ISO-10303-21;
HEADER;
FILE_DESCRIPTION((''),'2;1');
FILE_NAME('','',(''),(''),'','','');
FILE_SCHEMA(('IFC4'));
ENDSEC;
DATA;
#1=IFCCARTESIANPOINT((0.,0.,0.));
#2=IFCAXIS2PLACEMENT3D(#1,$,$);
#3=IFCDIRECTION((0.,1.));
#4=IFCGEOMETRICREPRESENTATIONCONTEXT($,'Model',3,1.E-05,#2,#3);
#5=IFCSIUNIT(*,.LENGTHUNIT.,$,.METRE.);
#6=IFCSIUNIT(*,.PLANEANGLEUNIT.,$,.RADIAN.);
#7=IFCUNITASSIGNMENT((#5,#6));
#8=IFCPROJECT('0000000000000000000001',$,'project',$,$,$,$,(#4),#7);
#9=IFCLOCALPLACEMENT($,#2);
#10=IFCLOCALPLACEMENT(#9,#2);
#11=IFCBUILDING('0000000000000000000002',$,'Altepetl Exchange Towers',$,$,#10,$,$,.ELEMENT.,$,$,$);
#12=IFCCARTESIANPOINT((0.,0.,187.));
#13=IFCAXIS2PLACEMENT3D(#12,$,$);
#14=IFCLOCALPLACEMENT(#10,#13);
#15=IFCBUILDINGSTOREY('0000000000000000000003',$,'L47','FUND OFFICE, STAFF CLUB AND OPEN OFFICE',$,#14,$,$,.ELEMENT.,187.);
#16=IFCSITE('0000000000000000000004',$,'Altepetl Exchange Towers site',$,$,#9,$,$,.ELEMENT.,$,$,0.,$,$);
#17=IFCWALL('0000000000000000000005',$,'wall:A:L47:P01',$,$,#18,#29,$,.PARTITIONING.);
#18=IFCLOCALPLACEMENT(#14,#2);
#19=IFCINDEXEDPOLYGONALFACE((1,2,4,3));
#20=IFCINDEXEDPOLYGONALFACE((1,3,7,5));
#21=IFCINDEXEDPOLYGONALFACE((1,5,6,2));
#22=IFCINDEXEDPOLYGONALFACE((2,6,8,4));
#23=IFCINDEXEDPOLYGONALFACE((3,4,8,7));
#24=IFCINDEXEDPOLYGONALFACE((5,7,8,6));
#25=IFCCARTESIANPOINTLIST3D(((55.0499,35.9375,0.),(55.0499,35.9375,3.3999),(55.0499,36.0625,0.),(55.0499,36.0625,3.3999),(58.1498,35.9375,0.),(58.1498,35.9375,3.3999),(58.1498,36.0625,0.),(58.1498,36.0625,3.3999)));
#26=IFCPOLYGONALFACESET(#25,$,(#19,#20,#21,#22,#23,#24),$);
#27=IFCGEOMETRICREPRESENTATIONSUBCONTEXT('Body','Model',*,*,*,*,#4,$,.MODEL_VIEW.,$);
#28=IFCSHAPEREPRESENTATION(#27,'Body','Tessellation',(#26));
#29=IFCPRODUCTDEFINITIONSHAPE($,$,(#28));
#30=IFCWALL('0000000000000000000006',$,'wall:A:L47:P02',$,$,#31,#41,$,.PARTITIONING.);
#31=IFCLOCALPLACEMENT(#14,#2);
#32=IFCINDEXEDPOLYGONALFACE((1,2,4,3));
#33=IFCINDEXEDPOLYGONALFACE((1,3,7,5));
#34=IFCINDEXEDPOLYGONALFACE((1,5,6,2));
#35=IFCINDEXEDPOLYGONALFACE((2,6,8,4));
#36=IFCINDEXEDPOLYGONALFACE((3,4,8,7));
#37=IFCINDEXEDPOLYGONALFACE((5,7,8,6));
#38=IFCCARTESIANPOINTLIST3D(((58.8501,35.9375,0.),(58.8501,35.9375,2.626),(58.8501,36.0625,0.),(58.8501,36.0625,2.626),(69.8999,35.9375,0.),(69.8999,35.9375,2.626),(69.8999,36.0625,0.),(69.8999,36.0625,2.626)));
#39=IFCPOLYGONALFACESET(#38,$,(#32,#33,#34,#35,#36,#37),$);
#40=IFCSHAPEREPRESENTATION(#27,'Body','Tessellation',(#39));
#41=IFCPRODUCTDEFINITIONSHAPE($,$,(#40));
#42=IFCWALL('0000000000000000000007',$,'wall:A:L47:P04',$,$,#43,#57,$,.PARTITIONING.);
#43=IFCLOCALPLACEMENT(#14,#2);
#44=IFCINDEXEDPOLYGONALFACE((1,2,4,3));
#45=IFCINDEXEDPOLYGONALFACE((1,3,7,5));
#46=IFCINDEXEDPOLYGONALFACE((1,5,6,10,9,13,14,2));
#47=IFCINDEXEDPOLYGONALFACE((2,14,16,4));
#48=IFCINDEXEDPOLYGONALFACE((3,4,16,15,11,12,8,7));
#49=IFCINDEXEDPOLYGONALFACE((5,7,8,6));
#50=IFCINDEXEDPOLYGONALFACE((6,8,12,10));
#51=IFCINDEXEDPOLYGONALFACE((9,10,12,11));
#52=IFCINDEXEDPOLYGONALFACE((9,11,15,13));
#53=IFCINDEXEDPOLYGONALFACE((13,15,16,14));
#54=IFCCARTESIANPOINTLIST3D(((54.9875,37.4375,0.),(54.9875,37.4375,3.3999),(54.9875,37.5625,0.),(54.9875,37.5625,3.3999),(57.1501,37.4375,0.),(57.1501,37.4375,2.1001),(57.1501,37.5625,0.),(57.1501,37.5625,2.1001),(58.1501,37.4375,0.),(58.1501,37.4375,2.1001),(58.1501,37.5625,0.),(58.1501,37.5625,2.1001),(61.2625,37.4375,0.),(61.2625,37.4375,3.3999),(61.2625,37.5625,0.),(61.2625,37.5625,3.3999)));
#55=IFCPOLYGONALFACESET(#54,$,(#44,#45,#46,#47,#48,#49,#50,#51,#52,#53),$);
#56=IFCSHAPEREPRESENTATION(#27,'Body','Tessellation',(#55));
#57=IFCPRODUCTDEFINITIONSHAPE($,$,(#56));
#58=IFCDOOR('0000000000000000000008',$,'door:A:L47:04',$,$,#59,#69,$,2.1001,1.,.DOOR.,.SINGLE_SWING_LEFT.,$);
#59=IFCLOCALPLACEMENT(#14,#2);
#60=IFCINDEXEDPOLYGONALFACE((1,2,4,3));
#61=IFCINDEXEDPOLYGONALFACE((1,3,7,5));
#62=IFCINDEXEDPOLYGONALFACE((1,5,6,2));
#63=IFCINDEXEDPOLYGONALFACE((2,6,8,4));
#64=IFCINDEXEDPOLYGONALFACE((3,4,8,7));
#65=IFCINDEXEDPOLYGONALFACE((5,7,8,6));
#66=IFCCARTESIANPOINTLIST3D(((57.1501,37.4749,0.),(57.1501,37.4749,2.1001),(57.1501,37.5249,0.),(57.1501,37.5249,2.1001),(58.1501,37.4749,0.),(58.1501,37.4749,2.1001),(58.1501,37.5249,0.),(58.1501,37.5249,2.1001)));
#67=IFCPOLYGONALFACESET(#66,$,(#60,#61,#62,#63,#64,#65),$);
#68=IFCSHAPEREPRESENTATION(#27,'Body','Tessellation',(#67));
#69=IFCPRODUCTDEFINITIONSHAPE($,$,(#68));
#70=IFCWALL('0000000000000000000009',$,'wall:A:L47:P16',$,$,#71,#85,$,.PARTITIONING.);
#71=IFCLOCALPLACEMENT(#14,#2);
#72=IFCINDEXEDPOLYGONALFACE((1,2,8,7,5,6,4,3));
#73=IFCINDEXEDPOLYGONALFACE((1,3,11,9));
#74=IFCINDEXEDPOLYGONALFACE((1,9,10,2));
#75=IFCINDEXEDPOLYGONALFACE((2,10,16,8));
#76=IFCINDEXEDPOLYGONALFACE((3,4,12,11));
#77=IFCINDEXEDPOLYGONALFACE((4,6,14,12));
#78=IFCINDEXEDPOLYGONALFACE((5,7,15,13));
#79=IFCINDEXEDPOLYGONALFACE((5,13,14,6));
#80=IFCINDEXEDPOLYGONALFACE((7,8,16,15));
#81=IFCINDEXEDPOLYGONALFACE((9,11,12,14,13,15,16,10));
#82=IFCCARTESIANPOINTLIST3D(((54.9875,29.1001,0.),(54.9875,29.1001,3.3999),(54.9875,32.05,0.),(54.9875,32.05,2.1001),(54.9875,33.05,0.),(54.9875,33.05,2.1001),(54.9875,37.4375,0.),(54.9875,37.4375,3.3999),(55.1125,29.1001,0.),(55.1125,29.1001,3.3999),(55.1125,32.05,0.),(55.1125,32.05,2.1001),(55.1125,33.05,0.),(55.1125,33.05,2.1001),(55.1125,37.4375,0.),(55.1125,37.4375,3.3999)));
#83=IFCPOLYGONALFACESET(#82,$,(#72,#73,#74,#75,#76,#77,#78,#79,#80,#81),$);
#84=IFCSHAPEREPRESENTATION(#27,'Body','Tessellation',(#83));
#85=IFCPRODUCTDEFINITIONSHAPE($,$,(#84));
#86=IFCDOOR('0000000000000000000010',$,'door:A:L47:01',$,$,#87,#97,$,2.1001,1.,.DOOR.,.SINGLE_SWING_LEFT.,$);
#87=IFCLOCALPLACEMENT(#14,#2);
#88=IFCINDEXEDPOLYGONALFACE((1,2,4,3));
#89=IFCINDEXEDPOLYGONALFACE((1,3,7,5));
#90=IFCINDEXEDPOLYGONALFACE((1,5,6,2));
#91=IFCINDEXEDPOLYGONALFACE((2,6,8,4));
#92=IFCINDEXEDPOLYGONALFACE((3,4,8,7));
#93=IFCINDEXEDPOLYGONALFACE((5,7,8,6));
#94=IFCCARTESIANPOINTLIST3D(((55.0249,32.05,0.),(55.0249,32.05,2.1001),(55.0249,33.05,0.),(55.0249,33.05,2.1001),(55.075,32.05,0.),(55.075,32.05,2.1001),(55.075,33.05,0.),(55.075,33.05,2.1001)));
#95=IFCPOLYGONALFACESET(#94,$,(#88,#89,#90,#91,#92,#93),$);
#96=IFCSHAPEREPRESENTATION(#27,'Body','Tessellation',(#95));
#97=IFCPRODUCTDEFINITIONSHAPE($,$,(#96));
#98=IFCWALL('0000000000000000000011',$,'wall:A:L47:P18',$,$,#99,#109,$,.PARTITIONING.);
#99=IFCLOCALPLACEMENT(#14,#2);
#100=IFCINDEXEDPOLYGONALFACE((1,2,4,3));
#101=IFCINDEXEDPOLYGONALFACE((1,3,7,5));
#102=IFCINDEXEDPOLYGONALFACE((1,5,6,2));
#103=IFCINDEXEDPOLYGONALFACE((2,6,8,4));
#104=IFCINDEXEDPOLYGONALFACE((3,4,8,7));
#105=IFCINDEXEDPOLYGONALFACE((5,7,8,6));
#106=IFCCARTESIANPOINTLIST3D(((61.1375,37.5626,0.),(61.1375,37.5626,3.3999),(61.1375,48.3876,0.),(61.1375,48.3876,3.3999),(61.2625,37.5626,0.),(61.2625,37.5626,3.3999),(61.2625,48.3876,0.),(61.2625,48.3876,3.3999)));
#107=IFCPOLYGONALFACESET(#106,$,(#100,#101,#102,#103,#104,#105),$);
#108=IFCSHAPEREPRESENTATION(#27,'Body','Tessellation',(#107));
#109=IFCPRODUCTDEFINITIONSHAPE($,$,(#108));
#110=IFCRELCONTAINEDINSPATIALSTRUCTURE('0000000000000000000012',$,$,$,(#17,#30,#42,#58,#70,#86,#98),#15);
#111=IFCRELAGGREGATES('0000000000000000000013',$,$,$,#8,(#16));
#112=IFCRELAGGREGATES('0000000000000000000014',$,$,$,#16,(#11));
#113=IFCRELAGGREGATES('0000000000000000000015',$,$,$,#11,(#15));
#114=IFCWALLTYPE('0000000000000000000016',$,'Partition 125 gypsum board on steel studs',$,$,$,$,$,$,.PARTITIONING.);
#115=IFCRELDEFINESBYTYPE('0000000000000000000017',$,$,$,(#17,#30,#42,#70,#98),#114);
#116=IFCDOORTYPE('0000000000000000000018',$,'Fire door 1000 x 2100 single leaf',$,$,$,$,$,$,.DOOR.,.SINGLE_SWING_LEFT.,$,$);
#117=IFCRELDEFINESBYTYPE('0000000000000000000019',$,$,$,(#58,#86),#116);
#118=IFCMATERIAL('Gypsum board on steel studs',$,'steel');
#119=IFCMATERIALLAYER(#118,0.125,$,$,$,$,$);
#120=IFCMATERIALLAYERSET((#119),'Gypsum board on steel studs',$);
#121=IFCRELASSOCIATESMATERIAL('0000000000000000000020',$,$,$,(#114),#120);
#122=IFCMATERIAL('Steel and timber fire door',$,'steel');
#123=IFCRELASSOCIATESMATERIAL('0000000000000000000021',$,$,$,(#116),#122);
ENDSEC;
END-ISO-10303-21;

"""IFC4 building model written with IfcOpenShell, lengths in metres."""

from ifc_helpers import new_model, si_unit, direction, frame, frame_2d, origin, place, context, subcontext, project, spatial, rectangle, extrude, material, layer, layer_set, type_object, element, fill, save


model = new_model("IFC4")

# Units and contexts
model_context = context("Model", 3, precision=1e-05, world=origin(), true_north=direction((0.0, 1.0)))
body_context = subcontext(model_context, "Body", "Model", "MODEL_VIEW")
ifc_project = project(units=[si_unit("LENGTHUNIT", "METRE"), si_unit("PLANEANGLEUNIT", "RADIAN")], contexts=[model_context])

# Site, building, storey
site_placement = place(None, origin())
site = spatial("IfcSite", under=ifc_project, at=site_placement, Name="Altepetl Exchange Towers site", CompositionType="ELEMENT", RefElevation=0.0)
building_placement = place(site_placement, origin())
building = spatial("IfcBuilding", under=site, at=building_placement, Name="Altepetl Exchange Towers", CompositionType="ELEMENT")
storey_placement = place(building_placement, frame((0.0, 0.0, 187.0)))
storey = spatial("IfcBuildingStorey", under=building, at=storey_placement, Name="L47", Description="FUND OFFICE, STAFF CLUB AND OPEN OFFICE", CompositionType="ELEMENT", Elevation=187.0)

# Walls
ifc_material_1 = material(Name="Gypsum board on steel studs", Category="steel")
ifc_layer_1 = layer(ifc_material_1, 0.125)
ifc_layer_set_1 = layer_set([ifc_layer_1], Name="Gypsum board on steel studs")
wall_type = type_object("IfcWallType", Name="Partition 125 gypsum board on steel studs", PredefinedType="PARTITIONING", material=ifc_layer_set_1)
wall_1_placement = place(storey_placement, frame((55.05, 36.0, 0.0)))
element("IfcWall", 1, at=wall_1_placement, inside=storey, type_object=wall_type, Name="wall:A:L47:P01", PredefinedType="PARTITIONING", context=body_context, shape_type="SweptSolid", body=[
    extrude(rectangle(XDim=3.0999, YDim=0.125, at=frame_2d((1.5498, 0.0))), origin(), (0.0, 0.0, 1.0), 3.3999),
])
wall_2_placement = place(storey_placement, frame((58.8501, 36.0, 0.0)))
element("IfcWall", 2, at=wall_2_placement, inside=storey, type_object=wall_type, Name="wall:A:L47:P02", PredefinedType="PARTITIONING", context=body_context, shape_type="SweptSolid", body=[
    extrude(rectangle(XDim=11.0498, YDim=0.125, at=frame_2d((5.5249, 0.0))), origin(), (0.0, 0.0, 1.0), 2.626),
])

# Walls, openings, doors
wall_3_placement = place(storey_placement, frame((54.9875, 37.5, 0.0)))
wall_3 = element("IfcWall", 3, at=wall_3_placement, inside=storey, type_object=wall_type, Name="wall:A:L47:P04", PredefinedType="PARTITIONING", context=body_context, shape_type="SweptSolid", body=[
    extrude(rectangle(XDim=6.2749, YDim=0.125, at=frame_2d((3.1375, 0.0))), origin(), (0.0, 0.0, 1.0), 3.3999),
])
opening_1_placement = place(wall_3_placement, frame((2.1626, 0.0, 0.0)))
opening_1 = element("IfcOpeningElement", 4, at=opening_1_placement, cuts=wall_3, PredefinedType="OPENING", context=body_context, shape_type="SweptSolid", body=[
    extrude(rectangle(XDim=1.0, YDim=2.1001, at=frame_2d((0.5, 1.05))), frame((0.0, 0.0725, 0.0), z_axis=(0.0, -1.0, 0.0), x_axis=(1.0, 0.0, 0.0)), (0.0, 0.0, 1.0), 0.145),
])
ifc_material_2 = material(Name="Steel and timber fire door", Category="steel")
door_type = type_object("IfcDoorType", Name="Fire door 1000 x 2100 single leaf", OperationType="SINGLE_SWING_LEFT", PredefinedType="DOOR", material=ifc_material_2)
door_1_placement = place(opening_1_placement, origin())
door_1 = element("IfcDoor", 5, at=door_1_placement, inside=storey, type_object=door_type, Name="door:A:L47:04", OperationType="SINGLE_SWING_LEFT", OverallHeight=2.1001, OverallWidth=1.0, PredefinedType="DOOR", context=body_context, shape_type="SweptSolid", body=[
    extrude(rectangle(XDim=1.0, YDim=2.1001, at=frame_2d((0.5, 1.05))), frame((0.0, 0.0249, 0.0), z_axis=(0.0, -1.0, 0.0), x_axis=(1.0, 0.0, 0.0)), (0.0, 0.0, 1.0), 0.05),
])
fill(opening_1, door_1)
wall_4_placement = place(storey_placement, frame((55.05, 29.1001, 0.0), z_axis=(0.0, 0.0, 1.0), x_axis=(0.0, 1.0, 0.0)))
wall_4 = element("IfcWall", 6, at=wall_4_placement, inside=storey, type_object=wall_type, Name="wall:A:L47:P16", PredefinedType="PARTITIONING", context=body_context, shape_type="SweptSolid", body=[
    extrude(rectangle(XDim=8.3374, YDim=0.125, at=frame_2d((4.1687, 0.0))), origin(), (0.0, 0.0, 1.0), 3.3999),
])
opening_2_placement = place(wall_4_placement, frame((2.95, 0.0, 0.0)))
opening_2 = element("IfcOpeningElement", 7, at=opening_2_placement, cuts=wall_4, PredefinedType="OPENING", context=body_context, shape_type="SweptSolid", body=[
    extrude(rectangle(XDim=1.0, YDim=2.1001, at=frame_2d((0.5, 1.05))), frame((0.0, 0.0725, 0.0), z_axis=(0.0, -1.0, 0.0), x_axis=(1.0, 0.0, 0.0)), (0.0, 0.0, 1.0), 0.145),
])
door_2_placement = place(opening_2_placement, frame((1.0, 0.0, 0.0), x_axis=(-1.0, 0.0, 0.0)))
door_2 = element("IfcDoor", 8, at=door_2_placement, inside=storey, type_object=door_type, Name="door:A:L47:01", OperationType="SINGLE_SWING_LEFT", OverallHeight=2.1001, OverallWidth=1.0, PredefinedType="DOOR", context=body_context, shape_type="SweptSolid", body=[
    extrude(rectangle(XDim=1.0, YDim=2.1001, at=frame_2d((0.5, 1.05))), frame((0.0, 0.0249, 0.0), z_axis=(0.0, -1.0, 0.0), x_axis=(1.0, 0.0, 0.0)), (0.0, 0.0, 1.0), 0.05),
])
fill(opening_2, door_2)

# Wall
wall_5_placement = place(storey_placement, frame((61.2, 37.5625, 0.0), z_axis=(0.0, 0.0, 1.0), x_axis=(0.0, 1.0, 0.0)))
element("IfcWall", 9, at=wall_5_placement, inside=storey, type_object=wall_type, Name="wall:A:L47:P18", PredefinedType="PARTITIONING", context=body_context, shape_type="SweptSolid", body=[
    extrude(rectangle(XDim=10.825, YDim=0.125, at=frame_2d((5.4126, 0.0))), origin(), (0.0, 0.0, 1.0), 3.3999),
])

save(model, "model.ifc")
